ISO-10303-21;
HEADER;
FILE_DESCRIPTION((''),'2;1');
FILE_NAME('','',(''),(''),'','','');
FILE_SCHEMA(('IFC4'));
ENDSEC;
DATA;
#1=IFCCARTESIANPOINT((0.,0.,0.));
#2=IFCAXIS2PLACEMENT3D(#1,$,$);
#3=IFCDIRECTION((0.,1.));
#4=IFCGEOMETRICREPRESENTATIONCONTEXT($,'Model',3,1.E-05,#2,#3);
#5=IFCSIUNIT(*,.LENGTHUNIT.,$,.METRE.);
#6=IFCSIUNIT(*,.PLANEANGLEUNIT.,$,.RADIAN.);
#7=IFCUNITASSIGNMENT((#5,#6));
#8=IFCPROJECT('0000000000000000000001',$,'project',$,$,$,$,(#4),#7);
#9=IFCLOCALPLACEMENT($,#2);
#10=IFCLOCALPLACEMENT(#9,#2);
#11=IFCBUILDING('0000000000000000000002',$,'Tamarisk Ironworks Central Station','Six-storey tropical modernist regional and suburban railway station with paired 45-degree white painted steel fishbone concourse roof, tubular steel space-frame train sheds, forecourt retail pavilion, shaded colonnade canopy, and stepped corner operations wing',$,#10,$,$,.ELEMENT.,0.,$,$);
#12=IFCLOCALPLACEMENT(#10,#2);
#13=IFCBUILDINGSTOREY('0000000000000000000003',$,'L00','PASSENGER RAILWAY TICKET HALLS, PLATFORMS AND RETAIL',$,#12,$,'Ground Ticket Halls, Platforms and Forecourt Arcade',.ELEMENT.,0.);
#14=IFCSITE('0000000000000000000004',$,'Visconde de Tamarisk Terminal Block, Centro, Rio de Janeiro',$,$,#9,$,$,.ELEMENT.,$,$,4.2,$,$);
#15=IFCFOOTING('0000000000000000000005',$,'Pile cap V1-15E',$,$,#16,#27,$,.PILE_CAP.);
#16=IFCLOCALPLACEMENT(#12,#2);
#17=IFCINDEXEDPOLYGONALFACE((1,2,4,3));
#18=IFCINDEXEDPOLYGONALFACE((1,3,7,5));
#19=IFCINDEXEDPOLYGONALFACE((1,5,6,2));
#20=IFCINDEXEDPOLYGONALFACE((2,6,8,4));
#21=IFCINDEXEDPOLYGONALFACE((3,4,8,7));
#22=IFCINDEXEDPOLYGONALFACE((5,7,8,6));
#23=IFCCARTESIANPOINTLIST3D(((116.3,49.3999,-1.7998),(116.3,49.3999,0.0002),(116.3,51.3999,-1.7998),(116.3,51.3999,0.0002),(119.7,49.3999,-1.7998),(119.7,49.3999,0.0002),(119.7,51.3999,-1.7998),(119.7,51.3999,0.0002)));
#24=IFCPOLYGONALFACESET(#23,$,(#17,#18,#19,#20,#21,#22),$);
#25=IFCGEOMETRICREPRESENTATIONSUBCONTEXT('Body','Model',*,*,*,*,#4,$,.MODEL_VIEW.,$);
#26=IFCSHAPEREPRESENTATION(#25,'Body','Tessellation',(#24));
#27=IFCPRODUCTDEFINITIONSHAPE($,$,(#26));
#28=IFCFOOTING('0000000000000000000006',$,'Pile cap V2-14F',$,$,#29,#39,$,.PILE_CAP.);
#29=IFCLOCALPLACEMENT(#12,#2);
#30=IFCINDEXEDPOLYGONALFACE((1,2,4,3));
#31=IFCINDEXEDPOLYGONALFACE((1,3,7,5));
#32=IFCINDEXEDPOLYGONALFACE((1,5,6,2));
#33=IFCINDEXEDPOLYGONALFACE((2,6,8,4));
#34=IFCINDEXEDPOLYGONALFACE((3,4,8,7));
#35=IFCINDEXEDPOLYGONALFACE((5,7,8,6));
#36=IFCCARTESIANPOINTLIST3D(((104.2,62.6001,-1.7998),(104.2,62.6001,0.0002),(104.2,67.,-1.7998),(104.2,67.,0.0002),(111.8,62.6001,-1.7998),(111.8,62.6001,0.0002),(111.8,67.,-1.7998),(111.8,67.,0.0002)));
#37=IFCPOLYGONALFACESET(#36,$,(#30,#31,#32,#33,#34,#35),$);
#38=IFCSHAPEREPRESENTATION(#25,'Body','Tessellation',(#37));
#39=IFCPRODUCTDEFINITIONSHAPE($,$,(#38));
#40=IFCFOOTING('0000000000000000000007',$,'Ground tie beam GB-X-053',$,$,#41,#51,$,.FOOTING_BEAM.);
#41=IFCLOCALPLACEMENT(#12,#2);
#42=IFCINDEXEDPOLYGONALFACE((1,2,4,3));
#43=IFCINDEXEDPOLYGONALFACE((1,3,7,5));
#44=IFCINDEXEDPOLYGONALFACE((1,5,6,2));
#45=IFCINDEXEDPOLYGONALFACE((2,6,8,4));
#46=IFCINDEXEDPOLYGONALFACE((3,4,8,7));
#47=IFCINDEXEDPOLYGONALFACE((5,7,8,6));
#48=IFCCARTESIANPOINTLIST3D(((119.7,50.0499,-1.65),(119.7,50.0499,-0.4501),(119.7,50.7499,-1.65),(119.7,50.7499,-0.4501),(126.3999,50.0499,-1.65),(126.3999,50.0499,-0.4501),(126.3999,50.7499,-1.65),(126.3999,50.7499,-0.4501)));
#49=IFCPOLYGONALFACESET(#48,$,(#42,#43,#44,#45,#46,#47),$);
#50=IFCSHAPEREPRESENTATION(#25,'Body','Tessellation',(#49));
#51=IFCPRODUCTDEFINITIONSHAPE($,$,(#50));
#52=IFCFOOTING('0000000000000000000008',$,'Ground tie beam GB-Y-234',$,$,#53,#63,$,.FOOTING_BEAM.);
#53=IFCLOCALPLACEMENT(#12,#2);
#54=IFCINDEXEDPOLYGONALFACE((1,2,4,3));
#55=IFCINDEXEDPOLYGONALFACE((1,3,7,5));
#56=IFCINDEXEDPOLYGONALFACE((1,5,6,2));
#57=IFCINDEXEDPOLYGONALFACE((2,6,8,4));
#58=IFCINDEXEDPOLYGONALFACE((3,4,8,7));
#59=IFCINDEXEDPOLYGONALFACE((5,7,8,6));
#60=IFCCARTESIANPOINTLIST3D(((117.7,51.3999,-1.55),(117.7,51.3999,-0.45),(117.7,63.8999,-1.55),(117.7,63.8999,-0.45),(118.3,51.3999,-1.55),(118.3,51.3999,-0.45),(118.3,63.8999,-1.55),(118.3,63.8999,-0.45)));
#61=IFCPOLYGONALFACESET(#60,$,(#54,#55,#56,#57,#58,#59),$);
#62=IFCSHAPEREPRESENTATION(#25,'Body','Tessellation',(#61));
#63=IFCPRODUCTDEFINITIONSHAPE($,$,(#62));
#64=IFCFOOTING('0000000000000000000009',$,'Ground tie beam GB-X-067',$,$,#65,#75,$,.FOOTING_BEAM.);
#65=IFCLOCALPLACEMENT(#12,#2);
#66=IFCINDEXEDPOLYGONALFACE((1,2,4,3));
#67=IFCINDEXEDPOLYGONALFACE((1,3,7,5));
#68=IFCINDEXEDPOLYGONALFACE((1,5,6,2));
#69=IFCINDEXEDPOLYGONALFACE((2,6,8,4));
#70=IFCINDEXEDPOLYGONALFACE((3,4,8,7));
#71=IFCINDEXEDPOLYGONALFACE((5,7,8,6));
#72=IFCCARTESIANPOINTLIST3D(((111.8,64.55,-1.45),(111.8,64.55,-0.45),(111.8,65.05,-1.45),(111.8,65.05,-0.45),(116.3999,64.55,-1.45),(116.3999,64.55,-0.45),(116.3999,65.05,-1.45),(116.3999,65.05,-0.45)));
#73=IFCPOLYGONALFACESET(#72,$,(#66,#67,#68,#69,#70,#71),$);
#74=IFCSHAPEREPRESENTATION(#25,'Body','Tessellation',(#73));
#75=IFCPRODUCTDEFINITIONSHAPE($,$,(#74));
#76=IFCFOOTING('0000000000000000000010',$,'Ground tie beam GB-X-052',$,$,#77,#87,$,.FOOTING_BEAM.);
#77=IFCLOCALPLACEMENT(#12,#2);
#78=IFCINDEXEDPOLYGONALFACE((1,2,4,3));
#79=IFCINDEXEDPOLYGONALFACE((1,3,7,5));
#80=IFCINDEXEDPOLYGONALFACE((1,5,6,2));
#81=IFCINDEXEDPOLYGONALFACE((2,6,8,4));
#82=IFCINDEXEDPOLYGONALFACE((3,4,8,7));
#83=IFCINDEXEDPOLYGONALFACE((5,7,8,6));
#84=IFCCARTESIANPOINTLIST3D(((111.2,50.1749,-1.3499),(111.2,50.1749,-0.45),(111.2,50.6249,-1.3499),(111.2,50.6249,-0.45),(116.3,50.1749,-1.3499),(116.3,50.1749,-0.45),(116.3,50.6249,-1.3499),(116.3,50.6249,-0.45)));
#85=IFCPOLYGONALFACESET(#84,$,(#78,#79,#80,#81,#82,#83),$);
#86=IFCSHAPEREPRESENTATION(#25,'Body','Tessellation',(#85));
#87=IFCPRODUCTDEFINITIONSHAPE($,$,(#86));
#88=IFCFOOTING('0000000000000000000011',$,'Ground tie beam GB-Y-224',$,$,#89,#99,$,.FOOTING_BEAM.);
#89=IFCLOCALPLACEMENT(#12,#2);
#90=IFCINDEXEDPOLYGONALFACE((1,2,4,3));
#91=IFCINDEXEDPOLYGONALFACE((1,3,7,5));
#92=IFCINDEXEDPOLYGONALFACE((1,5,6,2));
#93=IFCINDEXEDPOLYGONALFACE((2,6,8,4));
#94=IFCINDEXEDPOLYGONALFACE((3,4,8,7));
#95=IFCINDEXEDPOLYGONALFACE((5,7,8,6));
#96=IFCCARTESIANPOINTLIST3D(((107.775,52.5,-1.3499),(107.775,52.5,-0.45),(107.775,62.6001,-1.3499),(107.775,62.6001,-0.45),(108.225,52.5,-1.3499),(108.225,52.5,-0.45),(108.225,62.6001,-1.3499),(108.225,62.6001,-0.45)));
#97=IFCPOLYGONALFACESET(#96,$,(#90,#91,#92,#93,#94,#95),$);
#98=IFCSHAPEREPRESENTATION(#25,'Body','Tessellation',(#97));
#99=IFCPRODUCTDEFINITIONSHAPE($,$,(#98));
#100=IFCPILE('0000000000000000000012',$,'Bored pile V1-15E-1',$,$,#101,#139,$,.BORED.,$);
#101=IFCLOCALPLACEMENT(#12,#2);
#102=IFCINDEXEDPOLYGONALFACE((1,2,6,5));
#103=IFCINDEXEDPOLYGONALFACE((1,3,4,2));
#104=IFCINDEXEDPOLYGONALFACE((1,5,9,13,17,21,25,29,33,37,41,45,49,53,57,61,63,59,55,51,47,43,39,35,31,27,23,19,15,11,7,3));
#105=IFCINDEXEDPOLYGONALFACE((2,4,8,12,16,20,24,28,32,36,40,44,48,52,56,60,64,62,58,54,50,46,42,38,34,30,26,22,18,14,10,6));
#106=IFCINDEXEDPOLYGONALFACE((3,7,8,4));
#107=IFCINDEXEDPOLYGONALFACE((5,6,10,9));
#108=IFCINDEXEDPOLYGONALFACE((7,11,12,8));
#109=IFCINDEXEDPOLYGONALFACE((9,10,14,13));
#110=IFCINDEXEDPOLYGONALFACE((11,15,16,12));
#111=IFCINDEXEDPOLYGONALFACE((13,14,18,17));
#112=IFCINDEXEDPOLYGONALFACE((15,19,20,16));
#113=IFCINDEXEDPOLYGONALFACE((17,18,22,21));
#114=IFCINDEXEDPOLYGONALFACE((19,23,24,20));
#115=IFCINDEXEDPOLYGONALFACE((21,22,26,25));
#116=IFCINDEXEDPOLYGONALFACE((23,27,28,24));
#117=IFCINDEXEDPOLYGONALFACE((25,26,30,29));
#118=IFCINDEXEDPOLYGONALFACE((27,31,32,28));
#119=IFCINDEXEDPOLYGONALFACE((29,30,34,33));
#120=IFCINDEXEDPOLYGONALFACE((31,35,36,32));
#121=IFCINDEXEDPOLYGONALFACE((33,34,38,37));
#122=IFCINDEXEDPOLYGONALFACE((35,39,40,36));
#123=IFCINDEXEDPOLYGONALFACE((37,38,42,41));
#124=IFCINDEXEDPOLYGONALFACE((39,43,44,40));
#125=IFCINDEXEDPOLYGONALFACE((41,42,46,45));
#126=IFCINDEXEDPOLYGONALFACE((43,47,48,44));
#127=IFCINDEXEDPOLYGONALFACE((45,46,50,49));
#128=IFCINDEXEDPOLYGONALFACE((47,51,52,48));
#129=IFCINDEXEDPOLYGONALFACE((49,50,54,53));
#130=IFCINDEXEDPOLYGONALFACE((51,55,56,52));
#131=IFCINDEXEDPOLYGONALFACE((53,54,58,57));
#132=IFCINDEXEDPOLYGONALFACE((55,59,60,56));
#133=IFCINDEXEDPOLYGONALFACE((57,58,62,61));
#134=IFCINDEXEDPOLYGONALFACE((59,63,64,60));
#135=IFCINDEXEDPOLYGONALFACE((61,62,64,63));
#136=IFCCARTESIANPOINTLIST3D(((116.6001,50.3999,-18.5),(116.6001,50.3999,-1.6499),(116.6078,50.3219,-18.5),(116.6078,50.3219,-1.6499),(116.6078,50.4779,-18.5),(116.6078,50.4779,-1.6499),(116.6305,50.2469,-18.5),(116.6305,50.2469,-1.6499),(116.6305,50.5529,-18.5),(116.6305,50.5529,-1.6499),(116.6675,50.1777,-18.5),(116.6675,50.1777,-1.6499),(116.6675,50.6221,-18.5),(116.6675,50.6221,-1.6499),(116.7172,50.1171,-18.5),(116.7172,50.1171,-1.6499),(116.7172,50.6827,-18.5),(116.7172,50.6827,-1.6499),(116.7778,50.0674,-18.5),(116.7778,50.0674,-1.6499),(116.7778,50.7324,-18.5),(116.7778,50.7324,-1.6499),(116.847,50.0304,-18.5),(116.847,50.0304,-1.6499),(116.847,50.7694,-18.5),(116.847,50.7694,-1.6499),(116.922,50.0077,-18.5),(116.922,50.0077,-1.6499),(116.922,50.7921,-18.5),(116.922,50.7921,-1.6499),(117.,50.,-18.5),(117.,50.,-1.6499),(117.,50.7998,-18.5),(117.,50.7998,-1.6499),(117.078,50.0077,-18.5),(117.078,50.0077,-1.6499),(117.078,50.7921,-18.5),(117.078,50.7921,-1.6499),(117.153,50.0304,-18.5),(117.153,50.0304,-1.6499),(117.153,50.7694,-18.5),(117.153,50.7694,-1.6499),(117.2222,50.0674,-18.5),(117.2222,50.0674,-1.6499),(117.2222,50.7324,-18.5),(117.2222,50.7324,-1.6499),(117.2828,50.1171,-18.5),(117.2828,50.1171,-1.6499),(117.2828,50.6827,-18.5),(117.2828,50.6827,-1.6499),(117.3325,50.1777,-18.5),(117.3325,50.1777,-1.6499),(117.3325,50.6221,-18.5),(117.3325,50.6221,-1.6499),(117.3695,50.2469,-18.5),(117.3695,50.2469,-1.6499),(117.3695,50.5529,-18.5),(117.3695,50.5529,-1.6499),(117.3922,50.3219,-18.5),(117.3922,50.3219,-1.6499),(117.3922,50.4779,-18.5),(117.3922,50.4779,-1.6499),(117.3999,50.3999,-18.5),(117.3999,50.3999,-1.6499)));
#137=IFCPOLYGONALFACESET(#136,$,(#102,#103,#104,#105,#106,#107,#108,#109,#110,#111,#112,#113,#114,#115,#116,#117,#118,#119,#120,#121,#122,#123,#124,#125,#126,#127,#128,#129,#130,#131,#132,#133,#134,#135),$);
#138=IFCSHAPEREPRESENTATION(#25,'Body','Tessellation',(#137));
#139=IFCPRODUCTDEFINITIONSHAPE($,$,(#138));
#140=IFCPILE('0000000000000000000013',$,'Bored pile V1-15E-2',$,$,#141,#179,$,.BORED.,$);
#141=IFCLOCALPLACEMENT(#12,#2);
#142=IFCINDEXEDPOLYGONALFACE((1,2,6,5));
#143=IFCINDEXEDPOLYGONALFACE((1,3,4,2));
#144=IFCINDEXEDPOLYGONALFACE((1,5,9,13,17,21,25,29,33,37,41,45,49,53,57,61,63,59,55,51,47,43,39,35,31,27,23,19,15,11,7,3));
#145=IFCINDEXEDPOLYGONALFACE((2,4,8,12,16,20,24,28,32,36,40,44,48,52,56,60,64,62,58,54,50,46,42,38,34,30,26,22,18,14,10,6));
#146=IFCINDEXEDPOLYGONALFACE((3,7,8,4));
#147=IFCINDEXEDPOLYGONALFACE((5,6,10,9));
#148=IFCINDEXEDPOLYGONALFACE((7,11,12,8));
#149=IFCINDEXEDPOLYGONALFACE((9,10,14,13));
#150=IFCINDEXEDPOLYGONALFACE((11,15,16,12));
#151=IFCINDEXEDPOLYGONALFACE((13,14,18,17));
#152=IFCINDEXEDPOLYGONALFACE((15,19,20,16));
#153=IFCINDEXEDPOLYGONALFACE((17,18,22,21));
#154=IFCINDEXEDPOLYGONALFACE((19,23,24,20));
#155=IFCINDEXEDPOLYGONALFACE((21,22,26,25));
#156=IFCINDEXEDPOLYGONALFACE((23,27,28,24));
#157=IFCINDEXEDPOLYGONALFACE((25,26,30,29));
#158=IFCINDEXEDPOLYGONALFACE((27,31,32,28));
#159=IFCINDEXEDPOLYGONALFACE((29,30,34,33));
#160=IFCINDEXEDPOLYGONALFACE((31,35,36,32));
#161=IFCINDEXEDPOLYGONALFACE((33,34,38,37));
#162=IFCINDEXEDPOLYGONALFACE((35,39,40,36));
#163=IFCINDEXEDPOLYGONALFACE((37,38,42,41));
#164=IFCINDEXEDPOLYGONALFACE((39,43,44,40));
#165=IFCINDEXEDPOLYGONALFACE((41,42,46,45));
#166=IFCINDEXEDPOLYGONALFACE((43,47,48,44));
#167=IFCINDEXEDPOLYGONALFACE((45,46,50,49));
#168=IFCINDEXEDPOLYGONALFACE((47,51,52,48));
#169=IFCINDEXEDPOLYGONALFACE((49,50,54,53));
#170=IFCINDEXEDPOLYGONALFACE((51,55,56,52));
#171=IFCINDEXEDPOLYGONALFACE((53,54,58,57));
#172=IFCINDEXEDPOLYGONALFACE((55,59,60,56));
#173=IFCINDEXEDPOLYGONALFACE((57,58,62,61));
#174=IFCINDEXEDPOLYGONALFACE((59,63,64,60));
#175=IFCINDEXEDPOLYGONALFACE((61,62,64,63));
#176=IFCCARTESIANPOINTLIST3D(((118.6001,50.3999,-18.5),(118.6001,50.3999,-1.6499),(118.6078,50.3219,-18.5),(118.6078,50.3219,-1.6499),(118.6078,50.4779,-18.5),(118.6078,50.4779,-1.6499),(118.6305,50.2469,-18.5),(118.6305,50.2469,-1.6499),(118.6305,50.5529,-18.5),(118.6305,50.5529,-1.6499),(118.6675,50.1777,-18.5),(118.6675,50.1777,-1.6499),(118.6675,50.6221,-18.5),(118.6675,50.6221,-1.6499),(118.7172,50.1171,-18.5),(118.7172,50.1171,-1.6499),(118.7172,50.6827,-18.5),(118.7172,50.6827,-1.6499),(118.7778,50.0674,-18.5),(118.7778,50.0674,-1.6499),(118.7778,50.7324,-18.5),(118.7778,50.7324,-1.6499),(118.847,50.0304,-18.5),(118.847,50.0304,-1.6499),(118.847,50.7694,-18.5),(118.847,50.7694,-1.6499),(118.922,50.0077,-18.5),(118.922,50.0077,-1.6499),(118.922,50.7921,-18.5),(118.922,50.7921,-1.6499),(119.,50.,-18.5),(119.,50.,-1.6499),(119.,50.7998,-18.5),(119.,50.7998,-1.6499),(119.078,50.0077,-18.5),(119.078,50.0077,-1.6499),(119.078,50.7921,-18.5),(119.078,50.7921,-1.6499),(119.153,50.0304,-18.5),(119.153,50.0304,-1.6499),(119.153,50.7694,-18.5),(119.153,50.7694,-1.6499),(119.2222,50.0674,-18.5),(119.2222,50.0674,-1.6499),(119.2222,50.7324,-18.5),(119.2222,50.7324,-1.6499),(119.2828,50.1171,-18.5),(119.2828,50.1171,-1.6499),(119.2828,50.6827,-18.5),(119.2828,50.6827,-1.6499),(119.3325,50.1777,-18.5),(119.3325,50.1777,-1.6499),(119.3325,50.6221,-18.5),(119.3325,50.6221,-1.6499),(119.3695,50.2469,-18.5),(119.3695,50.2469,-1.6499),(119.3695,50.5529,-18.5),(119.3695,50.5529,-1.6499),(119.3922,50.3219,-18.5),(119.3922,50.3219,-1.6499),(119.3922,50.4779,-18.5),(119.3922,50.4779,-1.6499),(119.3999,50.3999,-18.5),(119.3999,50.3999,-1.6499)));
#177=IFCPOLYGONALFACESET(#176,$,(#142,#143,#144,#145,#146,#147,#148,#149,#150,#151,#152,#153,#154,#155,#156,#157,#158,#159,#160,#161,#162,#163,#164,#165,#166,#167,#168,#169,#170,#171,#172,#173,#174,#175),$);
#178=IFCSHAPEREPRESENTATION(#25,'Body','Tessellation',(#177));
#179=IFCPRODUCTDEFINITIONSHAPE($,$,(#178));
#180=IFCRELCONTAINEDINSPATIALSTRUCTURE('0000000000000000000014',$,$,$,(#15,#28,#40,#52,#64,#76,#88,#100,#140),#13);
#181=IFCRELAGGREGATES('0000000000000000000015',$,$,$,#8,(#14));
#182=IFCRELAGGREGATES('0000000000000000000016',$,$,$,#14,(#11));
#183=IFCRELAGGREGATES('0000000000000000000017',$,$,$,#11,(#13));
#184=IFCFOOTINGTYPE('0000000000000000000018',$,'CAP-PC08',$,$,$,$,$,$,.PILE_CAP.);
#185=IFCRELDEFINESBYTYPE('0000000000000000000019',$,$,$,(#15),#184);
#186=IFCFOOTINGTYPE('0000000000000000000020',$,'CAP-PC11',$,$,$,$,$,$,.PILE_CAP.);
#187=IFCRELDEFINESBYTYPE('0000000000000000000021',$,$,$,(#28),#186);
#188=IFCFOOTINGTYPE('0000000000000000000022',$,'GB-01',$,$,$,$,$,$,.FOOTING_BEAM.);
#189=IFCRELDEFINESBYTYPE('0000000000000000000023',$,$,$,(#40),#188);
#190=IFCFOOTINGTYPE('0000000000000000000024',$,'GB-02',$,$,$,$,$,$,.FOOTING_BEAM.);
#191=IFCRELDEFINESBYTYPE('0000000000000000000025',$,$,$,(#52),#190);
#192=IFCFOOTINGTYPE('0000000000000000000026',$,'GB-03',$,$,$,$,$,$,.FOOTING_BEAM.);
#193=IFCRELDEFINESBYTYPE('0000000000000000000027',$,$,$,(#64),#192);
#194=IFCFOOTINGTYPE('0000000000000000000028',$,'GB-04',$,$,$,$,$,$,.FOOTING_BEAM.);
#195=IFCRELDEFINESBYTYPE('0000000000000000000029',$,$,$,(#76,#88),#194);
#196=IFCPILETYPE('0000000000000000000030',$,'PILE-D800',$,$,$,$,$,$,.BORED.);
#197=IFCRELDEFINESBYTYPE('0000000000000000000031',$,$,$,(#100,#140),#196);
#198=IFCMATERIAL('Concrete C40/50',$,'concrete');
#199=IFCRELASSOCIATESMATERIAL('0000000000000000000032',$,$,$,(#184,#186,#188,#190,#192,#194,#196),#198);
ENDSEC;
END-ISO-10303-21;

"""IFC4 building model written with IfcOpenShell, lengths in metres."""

from ifc_helpers import new_model, si_unit, direction, frame, origin, origin_2d, place, context, subcontext, project, spatial, rectangle, circle, extrude, material, material_profile, profile_set, type_object, element, save


model = new_model("IFC4")

# Units and contexts
model_context = context("Model", 3, precision=1e-05, world=origin(), true_north=direction((0.0, 1.0)))
body_context = subcontext(model_context, "Body", "Model", "MODEL_VIEW")
ifc_project = project(units=[si_unit("LENGTHUNIT", "METRE"), si_unit("PLANEANGLEUNIT", "RADIAN")], contexts=[model_context])

# Site, building, storey
site_placement = place(None, origin())
site = spatial("IfcSite", under=ifc_project, at=site_placement, Name="Visconde de Tamarisk Terminal Block, Centro, Rio de Janeiro", CompositionType="ELEMENT", RefElevation=4.2)
building_placement = place(site_placement, origin())
building = spatial("IfcBuilding", under=site, at=building_placement, Name="Tamarisk Ironworks Central Station", Description="Six-storey tropical modernist regional and suburban railway station with paired 45-degree white painted steel fishbone concourse roof, tubular steel space-frame train sheds, forecourt retail pavilion, shaded colonnade canopy, and stepped corner operations wing", CompositionType="ELEMENT", ElevationOfRefHeight=0.0)
storey_placement = place(building_placement, origin())
storey = spatial("IfcBuildingStorey", under=building, at=storey_placement, Name="L00", Description="PASSENGER RAILWAY TICKET HALLS, PLATFORMS AND RETAIL", LongName="Ground Ticket Halls, Platforms and Forecourt Arcade", CompositionType="ELEMENT", Elevation=0.0)

# Footings
ifc_material_1 = material(Name="Concrete C40/50", Category="concrete")
footing_type_1 = type_object("IfcFootingType", Name="CAP-PC08", PredefinedType="PILE_CAP", material=ifc_material_1)
footing_1_placement = place(storey_placement, frame((118.0, 50.3999, -1.7998), z_axis=(0.0, 0.0, 1.0), x_axis=(1.0, 0.0, 0.0)))
element("IfcFooting", 1, at=footing_1_placement, inside=storey, type_object=footing_type_1, Name="Pile cap V1-15E", PredefinedType="PILE_CAP", context=body_context, shape_type="SweptSolid", body=[
    extrude(rectangle(XDim=3.3999, YDim=2.0, at=origin_2d()), origin(), (0.0, 0.0, 1.0), 1.8),
])
footing_type_2 = type_object("IfcFootingType", Name="CAP-PC11", PredefinedType="PILE_CAP", material=ifc_material_1)
footing_2_placement = place(storey_placement, frame((108.0, 64.8, -1.7998), z_axis=(0.0, 0.0, 1.0), x_axis=(1.0, 0.0, 0.0)))
element("IfcFooting", 2, at=footing_2_placement, inside=storey, type_object=footing_type_2, Name="Pile cap V2-14F", PredefinedType="PILE_CAP", context=body_context, shape_type="SweptSolid", body=[
    extrude(rectangle(XDim=7.6001, YDim=4.3999, at=origin_2d()), origin(), (0.0, 0.0, 1.0), 1.8),
])
ifc_material_profile_1 = material_profile(ifc_material_1, rectangle(XDim=0.7, YDim=1.2, at=origin_2d()), Name="GB01 700x1200")
ifc_profile_set_1 = profile_set([ifc_material_profile_1], Name="Concrete C40/50")
footing_type_3 = type_object("IfcFootingType", Name="GB-01", PredefinedType="FOOTING_BEAM", material=ifc_profile_set_1)
footing_3_placement = place(storey_placement, frame((119.7, 50.3999, -1.05), z_axis=(1.0, 0.0, 0.0), x_axis=(0.0, 1.0, 0.0)))
element("IfcFooting", 3, at=footing_3_placement, inside=storey, type_object=footing_type_3, Name="Ground tie beam GB-X-053", PredefinedType="FOOTING_BEAM", context=body_context, shape_type="SweptSolid", body=[
    extrude(rectangle(XDim=0.7, YDim=1.2, at=origin_2d()), origin(), (0.0, 0.0, 1.0), 6.7),
])
ifc_material_profile_2 = material_profile(ifc_material_1, rectangle(XDim=0.6001, YDim=1.1001, at=origin_2d()), Name="GB02 600x1100")
ifc_profile_set_2 = profile_set([ifc_material_profile_2], Name="Concrete C40/50")
footing_type_4 = type_object("IfcFootingType", Name="GB-02", PredefinedType="FOOTING_BEAM", material=ifc_profile_set_2)
footing_4_placement = place(storey_placement, frame((118.0, 51.3999, -1.0), z_axis=(0.0, 1.0, 0.0), x_axis=(-1.0, 0.0, 0.0)))
element("IfcFooting", 4, at=footing_4_placement, inside=storey, type_object=footing_type_4, Name="Ground tie beam GB-Y-234", PredefinedType="FOOTING_BEAM", context=body_context, shape_type="SweptSolid", body=[
    extrude(rectangle(XDim=0.6001, YDim=1.1001, at=origin_2d()), origin(), (0.0, 0.0, 1.0), 12.5),
])
ifc_material_profile_3 = material_profile(ifc_material_1, rectangle(XDim=0.5, YDim=1.0, at=origin_2d()), Name="GB03 500x1000")
ifc_profile_set_3 = profile_set([ifc_material_profile_3], Name="Concrete C40/50")
footing_type_5 = type_object("IfcFootingType", Name="GB-03", PredefinedType="FOOTING_BEAM", material=ifc_profile_set_3)
footing_5_placement = place(storey_placement, frame((111.8, 64.8, -0.95), z_axis=(1.0, 0.0, 0.0), x_axis=(0.0, 1.0, 0.0)))
element("IfcFooting", 5, at=footing_5_placement, inside=storey, type_object=footing_type_5, Name="Ground tie beam GB-X-067", PredefinedType="FOOTING_BEAM", context=body_context, shape_type="SweptSolid", body=[
    extrude(rectangle(XDim=0.5, YDim=1.0, at=origin_2d()), origin(), (0.0, 0.0, 1.0), 4.5999),
])
ifc_material_profile_4 = material_profile(ifc_material_1, rectangle(XDim=0.45, YDim=0.8999, at=origin_2d()), Name="GB04 450x900")
ifc_profile_set_4 = profile_set([ifc_material_profile_4], Name="Concrete C40/50")
footing_type_6 = type_object("IfcFootingType", Name="GB-04", PredefinedType="FOOTING_BEAM", material=ifc_profile_set_4)
footing_6_placement = place(storey_placement, frame((111.2, 50.3999, -0.8999), z_axis=(1.0, 0.0, 0.0), x_axis=(0.0, 1.0, 0.0)))
element("IfcFooting", 6, at=footing_6_placement, inside=storey, type_object=footing_type_6, Name="Ground tie beam GB-X-052", PredefinedType="FOOTING_BEAM", context=body_context, shape_type="SweptSolid", body=[
    extrude(rectangle(XDim=0.45, YDim=0.8999, at=origin_2d()), origin(), (0.0, 0.0, 1.0), 5.1001),
])
footing_7_placement = place(storey_placement, frame((108.0, 52.5, -0.8999), z_axis=(0.0, 1.0, 0.0), x_axis=(-1.0, 0.0, 0.0)))
element("IfcFooting", 7, at=footing_7_placement, inside=storey, type_object=footing_type_6, Name="Ground tie beam GB-Y-224", PredefinedType="FOOTING_BEAM", context=body_context, shape_type="SweptSolid", body=[
    extrude(rectangle(XDim=0.45, YDim=0.8999, at=origin_2d()), origin(), (0.0, 0.0, 1.0), 10.1001),
])

# Piles
ifc_material_profile_5 = material_profile(ifc_material_1, circle(Radius=0.3999, at=origin_2d()), Name="BORED PILE D800")
ifc_profile_set_5 = profile_set([ifc_material_profile_5], Name="Concrete C40/50")
pile_type_1 = type_object("IfcPileType", Name="PILE-D800", PredefinedType="BORED", material=ifc_profile_set_5)
for number, where, z_axis, x_axis, name in (
    (8, (117.0, 50.3999, -1.6499), (0.0, 0.0, -1.0), (1.0, 0.0, 0.0), "Bored pile V1-15E-1"),
    (9, (119.0, 50.3999, -1.6499), (0.0, 0.0, -1.0), (1.0, 0.0, 0.0), "Bored pile V1-15E-2"),
):
    element("IfcPile", number, at=place(storey_placement, frame(where, z_axis=z_axis, x_axis=x_axis)), inside=storey, type_object=pile_type_1, Name=name, PredefinedType="BORED", context=body_context, shape_type="SweptSolid", body=[
        extrude(circle(Radius=0.3999, at=origin_2d()), origin(), (0.0, 0.0, 1.0), 16.8501),
    ])

save(model, "model.ifc")
